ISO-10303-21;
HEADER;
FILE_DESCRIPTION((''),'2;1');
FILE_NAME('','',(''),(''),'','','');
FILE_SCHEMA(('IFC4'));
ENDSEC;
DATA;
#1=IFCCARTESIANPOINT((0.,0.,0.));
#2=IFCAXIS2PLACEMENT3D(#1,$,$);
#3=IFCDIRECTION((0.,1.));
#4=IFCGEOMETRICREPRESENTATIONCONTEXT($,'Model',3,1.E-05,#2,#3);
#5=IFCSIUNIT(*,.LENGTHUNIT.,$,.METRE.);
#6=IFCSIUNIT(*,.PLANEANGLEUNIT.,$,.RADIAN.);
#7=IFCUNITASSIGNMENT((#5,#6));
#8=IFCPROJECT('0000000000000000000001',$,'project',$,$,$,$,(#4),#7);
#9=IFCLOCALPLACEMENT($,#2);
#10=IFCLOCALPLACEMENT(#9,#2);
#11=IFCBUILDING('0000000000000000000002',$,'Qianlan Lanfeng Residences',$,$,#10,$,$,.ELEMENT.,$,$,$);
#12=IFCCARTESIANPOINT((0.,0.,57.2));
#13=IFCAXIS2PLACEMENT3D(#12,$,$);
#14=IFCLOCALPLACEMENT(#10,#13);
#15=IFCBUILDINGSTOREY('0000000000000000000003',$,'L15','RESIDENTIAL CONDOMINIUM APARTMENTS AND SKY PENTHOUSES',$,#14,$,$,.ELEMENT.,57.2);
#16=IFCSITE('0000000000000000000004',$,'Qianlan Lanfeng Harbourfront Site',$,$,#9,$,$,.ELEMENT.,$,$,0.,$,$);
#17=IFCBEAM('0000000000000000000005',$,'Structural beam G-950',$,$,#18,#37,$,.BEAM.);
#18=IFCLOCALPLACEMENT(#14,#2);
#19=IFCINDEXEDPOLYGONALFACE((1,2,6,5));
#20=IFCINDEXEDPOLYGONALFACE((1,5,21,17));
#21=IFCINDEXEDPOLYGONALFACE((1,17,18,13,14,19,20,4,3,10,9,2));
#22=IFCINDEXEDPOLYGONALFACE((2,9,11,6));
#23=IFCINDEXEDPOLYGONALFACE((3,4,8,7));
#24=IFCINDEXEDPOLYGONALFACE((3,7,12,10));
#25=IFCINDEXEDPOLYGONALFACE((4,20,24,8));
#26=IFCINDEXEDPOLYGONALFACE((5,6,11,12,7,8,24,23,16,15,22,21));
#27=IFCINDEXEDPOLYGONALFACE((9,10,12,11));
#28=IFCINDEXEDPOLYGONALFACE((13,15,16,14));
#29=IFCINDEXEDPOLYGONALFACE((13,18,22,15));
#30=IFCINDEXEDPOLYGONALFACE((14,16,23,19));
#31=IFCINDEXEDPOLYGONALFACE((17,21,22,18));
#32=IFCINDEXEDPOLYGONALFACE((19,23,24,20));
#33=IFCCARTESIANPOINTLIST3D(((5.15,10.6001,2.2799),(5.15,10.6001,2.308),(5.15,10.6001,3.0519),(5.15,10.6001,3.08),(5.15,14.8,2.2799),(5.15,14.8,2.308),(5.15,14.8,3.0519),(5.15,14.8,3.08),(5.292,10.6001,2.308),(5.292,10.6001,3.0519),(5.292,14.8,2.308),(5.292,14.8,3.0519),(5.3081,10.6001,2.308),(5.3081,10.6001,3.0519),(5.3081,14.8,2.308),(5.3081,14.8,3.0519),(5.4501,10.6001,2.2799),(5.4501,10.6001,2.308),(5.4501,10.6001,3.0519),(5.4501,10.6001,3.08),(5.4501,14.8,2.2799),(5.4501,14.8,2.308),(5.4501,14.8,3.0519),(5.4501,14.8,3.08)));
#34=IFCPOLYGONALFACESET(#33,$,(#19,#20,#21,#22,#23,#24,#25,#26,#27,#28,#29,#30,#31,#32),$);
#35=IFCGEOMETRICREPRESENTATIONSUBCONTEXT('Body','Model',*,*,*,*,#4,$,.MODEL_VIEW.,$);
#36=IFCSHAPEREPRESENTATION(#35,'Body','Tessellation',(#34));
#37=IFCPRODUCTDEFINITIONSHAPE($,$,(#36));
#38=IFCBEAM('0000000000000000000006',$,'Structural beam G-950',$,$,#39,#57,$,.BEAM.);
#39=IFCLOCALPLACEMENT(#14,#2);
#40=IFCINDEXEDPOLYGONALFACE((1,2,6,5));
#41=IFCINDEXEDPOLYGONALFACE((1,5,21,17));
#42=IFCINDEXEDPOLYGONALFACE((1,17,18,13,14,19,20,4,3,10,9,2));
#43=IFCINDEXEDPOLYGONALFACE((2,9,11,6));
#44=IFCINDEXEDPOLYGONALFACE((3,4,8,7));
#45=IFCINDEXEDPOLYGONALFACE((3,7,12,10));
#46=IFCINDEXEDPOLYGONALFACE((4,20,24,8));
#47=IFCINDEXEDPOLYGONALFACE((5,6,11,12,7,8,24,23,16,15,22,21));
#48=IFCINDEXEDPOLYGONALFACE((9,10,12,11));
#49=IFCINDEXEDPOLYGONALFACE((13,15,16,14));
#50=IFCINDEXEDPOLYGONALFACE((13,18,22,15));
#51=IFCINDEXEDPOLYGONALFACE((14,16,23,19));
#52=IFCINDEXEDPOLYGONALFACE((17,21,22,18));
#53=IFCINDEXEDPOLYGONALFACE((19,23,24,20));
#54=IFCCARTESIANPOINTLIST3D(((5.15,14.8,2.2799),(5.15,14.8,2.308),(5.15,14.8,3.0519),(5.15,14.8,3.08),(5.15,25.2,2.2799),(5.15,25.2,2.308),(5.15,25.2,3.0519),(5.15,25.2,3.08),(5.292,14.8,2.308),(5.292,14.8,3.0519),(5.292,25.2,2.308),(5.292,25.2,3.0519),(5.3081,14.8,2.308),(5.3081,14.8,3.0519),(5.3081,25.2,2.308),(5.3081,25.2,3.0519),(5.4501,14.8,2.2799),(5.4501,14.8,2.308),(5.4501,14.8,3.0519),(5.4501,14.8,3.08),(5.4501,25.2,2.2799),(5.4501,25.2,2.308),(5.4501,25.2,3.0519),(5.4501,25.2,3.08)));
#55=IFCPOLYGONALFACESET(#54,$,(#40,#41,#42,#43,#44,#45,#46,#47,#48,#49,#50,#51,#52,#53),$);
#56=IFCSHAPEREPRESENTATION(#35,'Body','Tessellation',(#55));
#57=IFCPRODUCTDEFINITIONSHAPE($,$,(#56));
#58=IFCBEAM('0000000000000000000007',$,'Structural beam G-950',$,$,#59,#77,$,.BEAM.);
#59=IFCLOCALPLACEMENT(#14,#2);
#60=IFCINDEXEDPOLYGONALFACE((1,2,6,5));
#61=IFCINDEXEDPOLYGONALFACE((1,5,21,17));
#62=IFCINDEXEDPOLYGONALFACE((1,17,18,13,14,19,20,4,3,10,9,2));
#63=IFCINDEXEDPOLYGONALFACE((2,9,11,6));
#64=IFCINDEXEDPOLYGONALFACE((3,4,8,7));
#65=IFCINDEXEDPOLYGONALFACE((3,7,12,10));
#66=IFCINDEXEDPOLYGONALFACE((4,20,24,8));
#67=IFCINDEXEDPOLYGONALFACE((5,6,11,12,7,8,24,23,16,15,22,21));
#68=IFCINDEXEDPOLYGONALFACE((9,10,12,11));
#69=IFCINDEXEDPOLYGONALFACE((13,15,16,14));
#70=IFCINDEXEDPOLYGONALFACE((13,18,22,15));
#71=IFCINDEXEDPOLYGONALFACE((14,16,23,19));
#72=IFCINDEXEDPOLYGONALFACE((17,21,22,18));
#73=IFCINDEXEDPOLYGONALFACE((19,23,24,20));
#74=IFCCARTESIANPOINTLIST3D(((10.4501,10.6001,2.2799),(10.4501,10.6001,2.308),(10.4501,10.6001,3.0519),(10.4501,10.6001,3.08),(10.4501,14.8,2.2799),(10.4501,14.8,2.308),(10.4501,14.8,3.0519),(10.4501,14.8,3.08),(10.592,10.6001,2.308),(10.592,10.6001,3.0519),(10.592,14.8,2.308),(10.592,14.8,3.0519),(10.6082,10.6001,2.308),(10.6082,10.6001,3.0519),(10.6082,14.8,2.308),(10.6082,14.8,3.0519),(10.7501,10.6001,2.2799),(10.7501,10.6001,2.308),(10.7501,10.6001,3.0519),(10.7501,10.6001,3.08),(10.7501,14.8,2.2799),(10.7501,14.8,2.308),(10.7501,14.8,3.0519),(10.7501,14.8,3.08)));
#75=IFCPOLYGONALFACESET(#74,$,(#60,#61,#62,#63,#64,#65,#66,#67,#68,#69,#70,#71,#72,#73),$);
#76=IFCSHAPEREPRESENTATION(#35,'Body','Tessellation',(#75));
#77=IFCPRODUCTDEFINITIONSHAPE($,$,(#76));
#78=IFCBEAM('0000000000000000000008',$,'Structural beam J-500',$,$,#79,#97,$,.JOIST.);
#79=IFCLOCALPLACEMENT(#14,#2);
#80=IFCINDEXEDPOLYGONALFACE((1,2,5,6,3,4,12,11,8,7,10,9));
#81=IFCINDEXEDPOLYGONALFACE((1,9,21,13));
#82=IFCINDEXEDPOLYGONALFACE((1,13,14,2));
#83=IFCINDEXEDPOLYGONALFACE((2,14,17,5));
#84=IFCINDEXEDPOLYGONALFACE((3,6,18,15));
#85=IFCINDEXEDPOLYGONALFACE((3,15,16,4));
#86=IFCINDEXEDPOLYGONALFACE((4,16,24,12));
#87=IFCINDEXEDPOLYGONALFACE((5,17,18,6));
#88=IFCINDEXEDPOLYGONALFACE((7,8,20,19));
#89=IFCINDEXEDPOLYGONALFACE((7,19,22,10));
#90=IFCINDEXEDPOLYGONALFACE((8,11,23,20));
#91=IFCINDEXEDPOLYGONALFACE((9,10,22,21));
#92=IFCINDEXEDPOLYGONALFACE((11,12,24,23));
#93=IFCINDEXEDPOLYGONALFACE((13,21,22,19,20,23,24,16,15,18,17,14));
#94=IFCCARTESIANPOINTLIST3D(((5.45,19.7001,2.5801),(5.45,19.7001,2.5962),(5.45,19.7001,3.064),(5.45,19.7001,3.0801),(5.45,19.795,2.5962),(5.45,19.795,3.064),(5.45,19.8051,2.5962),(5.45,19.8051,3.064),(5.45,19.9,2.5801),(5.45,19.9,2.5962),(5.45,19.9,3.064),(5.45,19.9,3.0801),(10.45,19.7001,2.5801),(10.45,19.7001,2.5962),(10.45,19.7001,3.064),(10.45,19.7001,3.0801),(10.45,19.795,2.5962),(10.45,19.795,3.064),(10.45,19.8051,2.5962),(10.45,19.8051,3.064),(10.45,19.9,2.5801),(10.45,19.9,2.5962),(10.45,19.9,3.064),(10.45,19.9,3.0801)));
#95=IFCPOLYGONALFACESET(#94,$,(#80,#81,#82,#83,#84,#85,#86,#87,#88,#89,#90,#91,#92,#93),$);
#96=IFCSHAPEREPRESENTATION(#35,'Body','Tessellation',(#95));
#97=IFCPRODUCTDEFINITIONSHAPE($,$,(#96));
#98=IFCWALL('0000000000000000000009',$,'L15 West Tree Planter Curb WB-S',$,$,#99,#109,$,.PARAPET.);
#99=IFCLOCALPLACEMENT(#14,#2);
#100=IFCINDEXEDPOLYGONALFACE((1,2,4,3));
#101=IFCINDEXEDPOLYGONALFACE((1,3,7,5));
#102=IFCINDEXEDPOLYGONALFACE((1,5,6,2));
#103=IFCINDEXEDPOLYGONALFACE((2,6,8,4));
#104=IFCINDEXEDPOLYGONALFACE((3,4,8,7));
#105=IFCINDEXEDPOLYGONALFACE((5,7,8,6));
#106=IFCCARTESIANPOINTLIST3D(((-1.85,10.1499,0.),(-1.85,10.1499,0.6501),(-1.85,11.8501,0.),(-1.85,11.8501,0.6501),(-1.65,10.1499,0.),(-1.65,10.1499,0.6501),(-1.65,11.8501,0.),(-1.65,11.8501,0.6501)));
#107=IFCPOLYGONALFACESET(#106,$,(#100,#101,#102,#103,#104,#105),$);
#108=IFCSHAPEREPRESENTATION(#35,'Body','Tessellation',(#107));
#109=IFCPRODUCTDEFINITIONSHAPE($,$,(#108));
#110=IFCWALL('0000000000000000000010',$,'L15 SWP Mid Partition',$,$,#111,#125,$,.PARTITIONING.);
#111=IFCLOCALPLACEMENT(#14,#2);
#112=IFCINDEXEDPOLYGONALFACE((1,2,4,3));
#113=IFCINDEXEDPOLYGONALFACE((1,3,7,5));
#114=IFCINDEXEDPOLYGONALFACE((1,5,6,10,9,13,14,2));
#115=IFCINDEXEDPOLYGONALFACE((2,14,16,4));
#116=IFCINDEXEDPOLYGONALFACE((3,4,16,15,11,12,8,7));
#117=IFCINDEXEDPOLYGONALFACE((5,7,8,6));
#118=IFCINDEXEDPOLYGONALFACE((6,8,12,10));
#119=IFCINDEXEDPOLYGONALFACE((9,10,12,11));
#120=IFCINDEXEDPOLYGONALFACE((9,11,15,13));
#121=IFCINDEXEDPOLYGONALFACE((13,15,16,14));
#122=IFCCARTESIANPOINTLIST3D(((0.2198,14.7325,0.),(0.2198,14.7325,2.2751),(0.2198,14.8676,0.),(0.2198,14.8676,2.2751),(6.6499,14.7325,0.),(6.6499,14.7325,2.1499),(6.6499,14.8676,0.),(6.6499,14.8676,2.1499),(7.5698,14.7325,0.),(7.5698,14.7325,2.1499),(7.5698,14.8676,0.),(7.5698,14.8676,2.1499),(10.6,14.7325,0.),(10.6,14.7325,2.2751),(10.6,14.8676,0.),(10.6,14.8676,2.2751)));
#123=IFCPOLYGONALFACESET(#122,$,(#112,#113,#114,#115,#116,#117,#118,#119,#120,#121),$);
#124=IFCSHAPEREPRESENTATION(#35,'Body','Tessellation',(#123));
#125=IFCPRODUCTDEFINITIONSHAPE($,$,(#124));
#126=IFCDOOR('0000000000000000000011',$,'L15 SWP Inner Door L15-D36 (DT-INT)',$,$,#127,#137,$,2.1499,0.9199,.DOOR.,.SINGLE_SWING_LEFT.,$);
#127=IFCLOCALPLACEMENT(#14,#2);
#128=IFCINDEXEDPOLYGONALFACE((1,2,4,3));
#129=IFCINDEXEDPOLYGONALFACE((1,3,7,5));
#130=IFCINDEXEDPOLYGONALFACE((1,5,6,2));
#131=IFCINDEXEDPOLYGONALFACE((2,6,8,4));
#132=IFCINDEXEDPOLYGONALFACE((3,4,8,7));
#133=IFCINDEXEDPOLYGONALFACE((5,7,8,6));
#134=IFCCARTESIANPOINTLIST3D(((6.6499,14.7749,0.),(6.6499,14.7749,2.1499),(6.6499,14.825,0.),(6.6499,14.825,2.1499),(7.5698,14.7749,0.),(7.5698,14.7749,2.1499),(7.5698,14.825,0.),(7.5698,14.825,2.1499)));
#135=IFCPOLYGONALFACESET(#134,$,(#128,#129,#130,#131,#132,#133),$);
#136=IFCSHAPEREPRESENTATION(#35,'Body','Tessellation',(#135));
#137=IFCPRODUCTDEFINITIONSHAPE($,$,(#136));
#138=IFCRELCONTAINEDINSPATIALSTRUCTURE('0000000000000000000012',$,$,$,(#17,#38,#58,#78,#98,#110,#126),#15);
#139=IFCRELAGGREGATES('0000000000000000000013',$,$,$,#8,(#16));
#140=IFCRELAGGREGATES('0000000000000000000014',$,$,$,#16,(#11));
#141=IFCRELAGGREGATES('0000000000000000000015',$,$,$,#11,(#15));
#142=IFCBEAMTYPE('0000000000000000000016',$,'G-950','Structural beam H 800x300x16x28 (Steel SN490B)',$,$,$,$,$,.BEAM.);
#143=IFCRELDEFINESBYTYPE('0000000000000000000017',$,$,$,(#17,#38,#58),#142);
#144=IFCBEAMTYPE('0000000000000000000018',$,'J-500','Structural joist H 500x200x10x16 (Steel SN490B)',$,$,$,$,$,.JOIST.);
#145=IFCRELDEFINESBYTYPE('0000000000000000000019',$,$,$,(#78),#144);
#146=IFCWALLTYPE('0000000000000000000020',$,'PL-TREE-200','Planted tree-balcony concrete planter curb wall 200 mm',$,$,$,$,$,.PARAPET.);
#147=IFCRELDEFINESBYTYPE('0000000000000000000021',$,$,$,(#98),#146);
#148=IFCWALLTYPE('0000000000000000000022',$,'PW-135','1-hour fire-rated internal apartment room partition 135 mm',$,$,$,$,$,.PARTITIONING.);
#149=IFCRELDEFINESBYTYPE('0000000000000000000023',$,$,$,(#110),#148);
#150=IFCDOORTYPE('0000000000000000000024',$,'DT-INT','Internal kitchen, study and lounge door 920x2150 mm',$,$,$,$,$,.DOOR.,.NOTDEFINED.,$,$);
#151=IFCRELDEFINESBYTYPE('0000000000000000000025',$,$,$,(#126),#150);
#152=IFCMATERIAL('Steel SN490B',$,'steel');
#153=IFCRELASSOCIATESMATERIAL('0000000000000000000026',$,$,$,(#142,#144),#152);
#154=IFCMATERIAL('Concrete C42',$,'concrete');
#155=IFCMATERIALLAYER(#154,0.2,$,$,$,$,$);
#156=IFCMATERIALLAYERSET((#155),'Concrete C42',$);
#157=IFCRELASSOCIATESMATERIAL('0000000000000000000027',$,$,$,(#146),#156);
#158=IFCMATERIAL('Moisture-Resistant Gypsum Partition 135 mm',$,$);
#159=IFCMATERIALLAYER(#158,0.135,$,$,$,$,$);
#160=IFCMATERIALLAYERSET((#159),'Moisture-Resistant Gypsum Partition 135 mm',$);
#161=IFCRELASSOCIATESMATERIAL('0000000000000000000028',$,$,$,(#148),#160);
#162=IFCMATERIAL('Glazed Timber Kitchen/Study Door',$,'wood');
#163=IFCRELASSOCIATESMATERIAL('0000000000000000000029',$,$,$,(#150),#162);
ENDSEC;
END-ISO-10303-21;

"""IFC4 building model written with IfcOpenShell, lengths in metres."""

from ifc_helpers import new_model, si_unit, direction, frame, frame_2d, origin, origin_2d, place, context, subcontext, project, spatial, rectangle, i_section, extrude, material, layer, layer_set, material_profile, profile_set, type_object, element, fill, save


model = new_model("IFC4")

# Units and contexts
model_context = context("Model", 3, precision=1e-05, world=origin(), true_north=direction((0.0, 1.0)))
body_context = subcontext(model_context, "Body", "Model", "MODEL_VIEW")
ifc_project = project(units=[si_unit("LENGTHUNIT", "METRE"), si_unit("PLANEANGLEUNIT", "RADIAN")], contexts=[model_context])

# Site, building, storey
site_placement = place(None, origin())
site = spatial("IfcSite", under=ifc_project, at=site_placement, Name="Qianlan Lanfeng Harbourfront Site", CompositionType="ELEMENT", RefElevation=0.0)
building_placement = place(site_placement, origin())
building = spatial("IfcBuilding", under=site, at=building_placement, Name="Qianlan Lanfeng Residences", CompositionType="ELEMENT")
storey_placement = place(building_placement, frame((0.0, 0.0, 57.2)))
storey = spatial("IfcBuildingStorey", under=building, at=storey_placement, Name="L15", Description="RESIDENTIAL CONDOMINIUM APARTMENTS AND SKY PENTHOUSES", CompositionType="ELEMENT", Elevation=57.2)

# Shared definitions
ifc_material_1 = material(Name="Steel SN490B", Category="steel")

# Beams
ifc_material_profile_1 = material_profile(ifc_material_1, i_section(OverallWidth=0.3, OverallDepth=0.8, WebThickness=0.0161, FlangeThickness=0.0281, at=origin_2d()), Name="H 800x300x16x28")
ifc_profile_set_1 = profile_set([ifc_material_profile_1], Name="Steel SN490B")
beam_type_1 = type_object("IfcBeamType", Name="G-950", Description="Structural beam H 800x300x16x28 (Steel SN490B)", PredefinedType="BEAM", material=ifc_profile_set_1)
beam_1_placement = place(storey_placement, frame((5.3, 10.6001, 2.6799), z_axis=(0.0, 1.0, 0.0), x_axis=(-1.0, 0.0, 0.0)))
element("IfcBeam", 1, at=beam_1_placement, inside=storey, type_object=beam_type_1, Name="Structural beam G-950", PredefinedType="BEAM", context=body_context, shape_type="SweptSolid", body=[
    extrude(i_section(OverallWidth=0.3, OverallDepth=0.8, WebThickness=0.0161, FlangeThickness=0.0281, at=origin_2d()), origin(), (0.0, 0.0, 1.0), 4.2),
])
beam_2_placement = place(storey_placement, frame((5.3, 14.8, 2.6799), z_axis=(0.0, 1.0, 0.0), x_axis=(-1.0, 0.0, 0.0)))
element("IfcBeam", 2, at=beam_2_placement, inside=storey, type_object=beam_type_1, Name="Structural beam G-950", PredefinedType="BEAM", context=body_context, shape_type="SweptSolid", body=[
    extrude(i_section(OverallWidth=0.3, OverallDepth=0.8, WebThickness=0.0161, FlangeThickness=0.0281, at=origin_2d()), origin(), (0.0, 0.0, 1.0), 10.3999),
])
beam_3_placement = place(storey_placement, frame((10.6001, 10.6001, 2.6799), z_axis=(0.0, 1.0, 0.0), x_axis=(-1.0, 0.0, 0.0)))
element("IfcBeam", 3, at=beam_3_placement, inside=storey, type_object=beam_type_1, Name="Structural beam G-950", PredefinedType="BEAM", context=body_context, shape_type="SweptSolid", body=[
    extrude(i_section(OverallWidth=0.3, OverallDepth=0.8, WebThickness=0.0161, FlangeThickness=0.0281, at=origin_2d()), origin(), (0.0, 0.0, 1.0), 4.2),
])
ifc_material_profile_2 = material_profile(ifc_material_1, i_section(OverallWidth=0.2, OverallDepth=0.5, WebThickness=0.01, FlangeThickness=0.0161, at=origin_2d()), Name="H 500x200x10x16")
ifc_profile_set_2 = profile_set([ifc_material_profile_2], Name="Steel SN490B")
beam_type_2 = type_object("IfcBeamType", Name="J-500", Description="Structural joist H 500x200x10x16 (Steel SN490B)", PredefinedType="JOIST", material=ifc_profile_set_2)
beam_4_placement = place(storey_placement, frame((5.45, 19.8, 2.8301), z_axis=(1.0, 0.0, 0.0), x_axis=(0.0, 1.0, 0.0)))
element("IfcBeam", 4, at=beam_4_placement, inside=storey, type_object=beam_type_2, Name="Structural beam J-500", PredefinedType="JOIST", context=body_context, shape_type="SweptSolid", body=[
    extrude(i_section(OverallWidth=0.2, OverallDepth=0.5, WebThickness=0.01, FlangeThickness=0.0161, at=origin_2d()), origin(), (0.0, 0.0, 1.0), 5.0),
])

# Wall
ifc_material_2 = material(Name="Concrete C42", Category="concrete")
ifc_layer_1 = layer(ifc_material_2, 0.2)
ifc_layer_set_1 = layer_set([ifc_layer_1], Name="Concrete C42")
wall_type_1 = type_object("IfcWallType", Name="PL-TREE-200", Description="Planted tree-balcony concrete planter curb wall 200 mm", PredefinedType="PARAPET", material=ifc_layer_set_1)
wall_1_placement = place(storey_placement, frame((-1.75, 10.1499, 0.0), z_axis=(0.0, 0.0, 1.0), x_axis=(0.0, 1.0, 0.0)))
element("IfcWall", 5, at=wall_1_placement, inside=storey, type_object=wall_type_1, Name="L15 West Tree Planter Curb WB-S", PredefinedType="PARAPET", context=body_context, shape_type="SweptSolid", body=[
    extrude(rectangle(XDim=1.7002, YDim=0.2, at=frame_2d((0.8501, 0.0))), origin(), (0.0, 0.0, 1.0), 0.6501),
])

# Wall, opening, door
ifc_material_3 = material(Name="Moisture-Resistant Gypsum Partition 135 mm")
ifc_layer_2 = layer(ifc_material_3, 0.135)
ifc_layer_set_2 = layer_set([ifc_layer_2], Name="Moisture-Resistant Gypsum Partition 135 mm")
wall_type_2 = type_object("IfcWallType", Name="PW-135", Description="1-hour fire-rated internal apartment room partition 135 mm", PredefinedType="PARTITIONING", material=ifc_layer_set_2)
wall_2_placement = place(storey_placement, frame((0.22, 14.8, 0.0), z_axis=(0.0, 0.0, 1.0), x_axis=(1.0, 0.0, 0.0)))
wall_2 = element("IfcWall", 6, at=wall_2_placement, inside=storey, type_object=wall_type_2, Name="L15 SWP Mid Partition", PredefinedType="PARTITIONING", context=body_context, shape_type="SweptSolid", body=[
    extrude(rectangle(XDim=10.3801, YDim=0.135, at=frame_2d((5.1899, 0.0))), origin(), (0.0, 0.0, 1.0), 2.2751),
])
opening_1_placement = place(wall_2_placement, frame((6.4299, 0.0, 0.0)))
opening_1 = element("IfcOpeningElement", 7, at=opening_1_placement, cuts=wall_2, PredefinedType="OPENING", context=body_context, shape_type="SweptSolid", body=[
    extrude(rectangle(XDim=0.9199, YDim=2.1499, at=frame_2d((0.46, 1.075))), frame((0.0, 0.0776, 0.0), z_axis=(0.0, -1.0, 0.0), x_axis=(1.0, 0.0, 0.0)), (0.0, 0.0, 1.0), 0.155),
])
ifc_material_4 = material(Name="Glazed Timber Kitchen/Study Door", Category="wood")
door_type_1 = type_object("IfcDoorType", Name="DT-INT", Description="Internal kitchen, study and lounge door 920x2150 mm", OperationType="NOTDEFINED", PredefinedType="DOOR", material=ifc_material_4)
door_1_placement = place(opening_1_placement, origin())
door_1 = element("IfcDoor", 8, at=door_1_placement, inside=storey, type_object=door_type_1, Name="L15 SWP Inner Door L15-D36 (DT-INT)", OperationType="SINGLE_SWING_LEFT", OverallHeight=2.1499, OverallWidth=0.9199, PredefinedType="DOOR", context=body_context, shape_type="SweptSolid", body=[
    extrude(rectangle(XDim=0.9199, YDim=2.1499, at=frame_2d((0.46, 1.075))), frame((0.0, 0.0249, 0.0), z_axis=(0.0, -1.0, 0.0), x_axis=(1.0, 0.0, 0.0)), (0.0, 0.0, 1.0), 0.05),
])
fill(opening_1, door_1)

save(model, "model.ifc")
